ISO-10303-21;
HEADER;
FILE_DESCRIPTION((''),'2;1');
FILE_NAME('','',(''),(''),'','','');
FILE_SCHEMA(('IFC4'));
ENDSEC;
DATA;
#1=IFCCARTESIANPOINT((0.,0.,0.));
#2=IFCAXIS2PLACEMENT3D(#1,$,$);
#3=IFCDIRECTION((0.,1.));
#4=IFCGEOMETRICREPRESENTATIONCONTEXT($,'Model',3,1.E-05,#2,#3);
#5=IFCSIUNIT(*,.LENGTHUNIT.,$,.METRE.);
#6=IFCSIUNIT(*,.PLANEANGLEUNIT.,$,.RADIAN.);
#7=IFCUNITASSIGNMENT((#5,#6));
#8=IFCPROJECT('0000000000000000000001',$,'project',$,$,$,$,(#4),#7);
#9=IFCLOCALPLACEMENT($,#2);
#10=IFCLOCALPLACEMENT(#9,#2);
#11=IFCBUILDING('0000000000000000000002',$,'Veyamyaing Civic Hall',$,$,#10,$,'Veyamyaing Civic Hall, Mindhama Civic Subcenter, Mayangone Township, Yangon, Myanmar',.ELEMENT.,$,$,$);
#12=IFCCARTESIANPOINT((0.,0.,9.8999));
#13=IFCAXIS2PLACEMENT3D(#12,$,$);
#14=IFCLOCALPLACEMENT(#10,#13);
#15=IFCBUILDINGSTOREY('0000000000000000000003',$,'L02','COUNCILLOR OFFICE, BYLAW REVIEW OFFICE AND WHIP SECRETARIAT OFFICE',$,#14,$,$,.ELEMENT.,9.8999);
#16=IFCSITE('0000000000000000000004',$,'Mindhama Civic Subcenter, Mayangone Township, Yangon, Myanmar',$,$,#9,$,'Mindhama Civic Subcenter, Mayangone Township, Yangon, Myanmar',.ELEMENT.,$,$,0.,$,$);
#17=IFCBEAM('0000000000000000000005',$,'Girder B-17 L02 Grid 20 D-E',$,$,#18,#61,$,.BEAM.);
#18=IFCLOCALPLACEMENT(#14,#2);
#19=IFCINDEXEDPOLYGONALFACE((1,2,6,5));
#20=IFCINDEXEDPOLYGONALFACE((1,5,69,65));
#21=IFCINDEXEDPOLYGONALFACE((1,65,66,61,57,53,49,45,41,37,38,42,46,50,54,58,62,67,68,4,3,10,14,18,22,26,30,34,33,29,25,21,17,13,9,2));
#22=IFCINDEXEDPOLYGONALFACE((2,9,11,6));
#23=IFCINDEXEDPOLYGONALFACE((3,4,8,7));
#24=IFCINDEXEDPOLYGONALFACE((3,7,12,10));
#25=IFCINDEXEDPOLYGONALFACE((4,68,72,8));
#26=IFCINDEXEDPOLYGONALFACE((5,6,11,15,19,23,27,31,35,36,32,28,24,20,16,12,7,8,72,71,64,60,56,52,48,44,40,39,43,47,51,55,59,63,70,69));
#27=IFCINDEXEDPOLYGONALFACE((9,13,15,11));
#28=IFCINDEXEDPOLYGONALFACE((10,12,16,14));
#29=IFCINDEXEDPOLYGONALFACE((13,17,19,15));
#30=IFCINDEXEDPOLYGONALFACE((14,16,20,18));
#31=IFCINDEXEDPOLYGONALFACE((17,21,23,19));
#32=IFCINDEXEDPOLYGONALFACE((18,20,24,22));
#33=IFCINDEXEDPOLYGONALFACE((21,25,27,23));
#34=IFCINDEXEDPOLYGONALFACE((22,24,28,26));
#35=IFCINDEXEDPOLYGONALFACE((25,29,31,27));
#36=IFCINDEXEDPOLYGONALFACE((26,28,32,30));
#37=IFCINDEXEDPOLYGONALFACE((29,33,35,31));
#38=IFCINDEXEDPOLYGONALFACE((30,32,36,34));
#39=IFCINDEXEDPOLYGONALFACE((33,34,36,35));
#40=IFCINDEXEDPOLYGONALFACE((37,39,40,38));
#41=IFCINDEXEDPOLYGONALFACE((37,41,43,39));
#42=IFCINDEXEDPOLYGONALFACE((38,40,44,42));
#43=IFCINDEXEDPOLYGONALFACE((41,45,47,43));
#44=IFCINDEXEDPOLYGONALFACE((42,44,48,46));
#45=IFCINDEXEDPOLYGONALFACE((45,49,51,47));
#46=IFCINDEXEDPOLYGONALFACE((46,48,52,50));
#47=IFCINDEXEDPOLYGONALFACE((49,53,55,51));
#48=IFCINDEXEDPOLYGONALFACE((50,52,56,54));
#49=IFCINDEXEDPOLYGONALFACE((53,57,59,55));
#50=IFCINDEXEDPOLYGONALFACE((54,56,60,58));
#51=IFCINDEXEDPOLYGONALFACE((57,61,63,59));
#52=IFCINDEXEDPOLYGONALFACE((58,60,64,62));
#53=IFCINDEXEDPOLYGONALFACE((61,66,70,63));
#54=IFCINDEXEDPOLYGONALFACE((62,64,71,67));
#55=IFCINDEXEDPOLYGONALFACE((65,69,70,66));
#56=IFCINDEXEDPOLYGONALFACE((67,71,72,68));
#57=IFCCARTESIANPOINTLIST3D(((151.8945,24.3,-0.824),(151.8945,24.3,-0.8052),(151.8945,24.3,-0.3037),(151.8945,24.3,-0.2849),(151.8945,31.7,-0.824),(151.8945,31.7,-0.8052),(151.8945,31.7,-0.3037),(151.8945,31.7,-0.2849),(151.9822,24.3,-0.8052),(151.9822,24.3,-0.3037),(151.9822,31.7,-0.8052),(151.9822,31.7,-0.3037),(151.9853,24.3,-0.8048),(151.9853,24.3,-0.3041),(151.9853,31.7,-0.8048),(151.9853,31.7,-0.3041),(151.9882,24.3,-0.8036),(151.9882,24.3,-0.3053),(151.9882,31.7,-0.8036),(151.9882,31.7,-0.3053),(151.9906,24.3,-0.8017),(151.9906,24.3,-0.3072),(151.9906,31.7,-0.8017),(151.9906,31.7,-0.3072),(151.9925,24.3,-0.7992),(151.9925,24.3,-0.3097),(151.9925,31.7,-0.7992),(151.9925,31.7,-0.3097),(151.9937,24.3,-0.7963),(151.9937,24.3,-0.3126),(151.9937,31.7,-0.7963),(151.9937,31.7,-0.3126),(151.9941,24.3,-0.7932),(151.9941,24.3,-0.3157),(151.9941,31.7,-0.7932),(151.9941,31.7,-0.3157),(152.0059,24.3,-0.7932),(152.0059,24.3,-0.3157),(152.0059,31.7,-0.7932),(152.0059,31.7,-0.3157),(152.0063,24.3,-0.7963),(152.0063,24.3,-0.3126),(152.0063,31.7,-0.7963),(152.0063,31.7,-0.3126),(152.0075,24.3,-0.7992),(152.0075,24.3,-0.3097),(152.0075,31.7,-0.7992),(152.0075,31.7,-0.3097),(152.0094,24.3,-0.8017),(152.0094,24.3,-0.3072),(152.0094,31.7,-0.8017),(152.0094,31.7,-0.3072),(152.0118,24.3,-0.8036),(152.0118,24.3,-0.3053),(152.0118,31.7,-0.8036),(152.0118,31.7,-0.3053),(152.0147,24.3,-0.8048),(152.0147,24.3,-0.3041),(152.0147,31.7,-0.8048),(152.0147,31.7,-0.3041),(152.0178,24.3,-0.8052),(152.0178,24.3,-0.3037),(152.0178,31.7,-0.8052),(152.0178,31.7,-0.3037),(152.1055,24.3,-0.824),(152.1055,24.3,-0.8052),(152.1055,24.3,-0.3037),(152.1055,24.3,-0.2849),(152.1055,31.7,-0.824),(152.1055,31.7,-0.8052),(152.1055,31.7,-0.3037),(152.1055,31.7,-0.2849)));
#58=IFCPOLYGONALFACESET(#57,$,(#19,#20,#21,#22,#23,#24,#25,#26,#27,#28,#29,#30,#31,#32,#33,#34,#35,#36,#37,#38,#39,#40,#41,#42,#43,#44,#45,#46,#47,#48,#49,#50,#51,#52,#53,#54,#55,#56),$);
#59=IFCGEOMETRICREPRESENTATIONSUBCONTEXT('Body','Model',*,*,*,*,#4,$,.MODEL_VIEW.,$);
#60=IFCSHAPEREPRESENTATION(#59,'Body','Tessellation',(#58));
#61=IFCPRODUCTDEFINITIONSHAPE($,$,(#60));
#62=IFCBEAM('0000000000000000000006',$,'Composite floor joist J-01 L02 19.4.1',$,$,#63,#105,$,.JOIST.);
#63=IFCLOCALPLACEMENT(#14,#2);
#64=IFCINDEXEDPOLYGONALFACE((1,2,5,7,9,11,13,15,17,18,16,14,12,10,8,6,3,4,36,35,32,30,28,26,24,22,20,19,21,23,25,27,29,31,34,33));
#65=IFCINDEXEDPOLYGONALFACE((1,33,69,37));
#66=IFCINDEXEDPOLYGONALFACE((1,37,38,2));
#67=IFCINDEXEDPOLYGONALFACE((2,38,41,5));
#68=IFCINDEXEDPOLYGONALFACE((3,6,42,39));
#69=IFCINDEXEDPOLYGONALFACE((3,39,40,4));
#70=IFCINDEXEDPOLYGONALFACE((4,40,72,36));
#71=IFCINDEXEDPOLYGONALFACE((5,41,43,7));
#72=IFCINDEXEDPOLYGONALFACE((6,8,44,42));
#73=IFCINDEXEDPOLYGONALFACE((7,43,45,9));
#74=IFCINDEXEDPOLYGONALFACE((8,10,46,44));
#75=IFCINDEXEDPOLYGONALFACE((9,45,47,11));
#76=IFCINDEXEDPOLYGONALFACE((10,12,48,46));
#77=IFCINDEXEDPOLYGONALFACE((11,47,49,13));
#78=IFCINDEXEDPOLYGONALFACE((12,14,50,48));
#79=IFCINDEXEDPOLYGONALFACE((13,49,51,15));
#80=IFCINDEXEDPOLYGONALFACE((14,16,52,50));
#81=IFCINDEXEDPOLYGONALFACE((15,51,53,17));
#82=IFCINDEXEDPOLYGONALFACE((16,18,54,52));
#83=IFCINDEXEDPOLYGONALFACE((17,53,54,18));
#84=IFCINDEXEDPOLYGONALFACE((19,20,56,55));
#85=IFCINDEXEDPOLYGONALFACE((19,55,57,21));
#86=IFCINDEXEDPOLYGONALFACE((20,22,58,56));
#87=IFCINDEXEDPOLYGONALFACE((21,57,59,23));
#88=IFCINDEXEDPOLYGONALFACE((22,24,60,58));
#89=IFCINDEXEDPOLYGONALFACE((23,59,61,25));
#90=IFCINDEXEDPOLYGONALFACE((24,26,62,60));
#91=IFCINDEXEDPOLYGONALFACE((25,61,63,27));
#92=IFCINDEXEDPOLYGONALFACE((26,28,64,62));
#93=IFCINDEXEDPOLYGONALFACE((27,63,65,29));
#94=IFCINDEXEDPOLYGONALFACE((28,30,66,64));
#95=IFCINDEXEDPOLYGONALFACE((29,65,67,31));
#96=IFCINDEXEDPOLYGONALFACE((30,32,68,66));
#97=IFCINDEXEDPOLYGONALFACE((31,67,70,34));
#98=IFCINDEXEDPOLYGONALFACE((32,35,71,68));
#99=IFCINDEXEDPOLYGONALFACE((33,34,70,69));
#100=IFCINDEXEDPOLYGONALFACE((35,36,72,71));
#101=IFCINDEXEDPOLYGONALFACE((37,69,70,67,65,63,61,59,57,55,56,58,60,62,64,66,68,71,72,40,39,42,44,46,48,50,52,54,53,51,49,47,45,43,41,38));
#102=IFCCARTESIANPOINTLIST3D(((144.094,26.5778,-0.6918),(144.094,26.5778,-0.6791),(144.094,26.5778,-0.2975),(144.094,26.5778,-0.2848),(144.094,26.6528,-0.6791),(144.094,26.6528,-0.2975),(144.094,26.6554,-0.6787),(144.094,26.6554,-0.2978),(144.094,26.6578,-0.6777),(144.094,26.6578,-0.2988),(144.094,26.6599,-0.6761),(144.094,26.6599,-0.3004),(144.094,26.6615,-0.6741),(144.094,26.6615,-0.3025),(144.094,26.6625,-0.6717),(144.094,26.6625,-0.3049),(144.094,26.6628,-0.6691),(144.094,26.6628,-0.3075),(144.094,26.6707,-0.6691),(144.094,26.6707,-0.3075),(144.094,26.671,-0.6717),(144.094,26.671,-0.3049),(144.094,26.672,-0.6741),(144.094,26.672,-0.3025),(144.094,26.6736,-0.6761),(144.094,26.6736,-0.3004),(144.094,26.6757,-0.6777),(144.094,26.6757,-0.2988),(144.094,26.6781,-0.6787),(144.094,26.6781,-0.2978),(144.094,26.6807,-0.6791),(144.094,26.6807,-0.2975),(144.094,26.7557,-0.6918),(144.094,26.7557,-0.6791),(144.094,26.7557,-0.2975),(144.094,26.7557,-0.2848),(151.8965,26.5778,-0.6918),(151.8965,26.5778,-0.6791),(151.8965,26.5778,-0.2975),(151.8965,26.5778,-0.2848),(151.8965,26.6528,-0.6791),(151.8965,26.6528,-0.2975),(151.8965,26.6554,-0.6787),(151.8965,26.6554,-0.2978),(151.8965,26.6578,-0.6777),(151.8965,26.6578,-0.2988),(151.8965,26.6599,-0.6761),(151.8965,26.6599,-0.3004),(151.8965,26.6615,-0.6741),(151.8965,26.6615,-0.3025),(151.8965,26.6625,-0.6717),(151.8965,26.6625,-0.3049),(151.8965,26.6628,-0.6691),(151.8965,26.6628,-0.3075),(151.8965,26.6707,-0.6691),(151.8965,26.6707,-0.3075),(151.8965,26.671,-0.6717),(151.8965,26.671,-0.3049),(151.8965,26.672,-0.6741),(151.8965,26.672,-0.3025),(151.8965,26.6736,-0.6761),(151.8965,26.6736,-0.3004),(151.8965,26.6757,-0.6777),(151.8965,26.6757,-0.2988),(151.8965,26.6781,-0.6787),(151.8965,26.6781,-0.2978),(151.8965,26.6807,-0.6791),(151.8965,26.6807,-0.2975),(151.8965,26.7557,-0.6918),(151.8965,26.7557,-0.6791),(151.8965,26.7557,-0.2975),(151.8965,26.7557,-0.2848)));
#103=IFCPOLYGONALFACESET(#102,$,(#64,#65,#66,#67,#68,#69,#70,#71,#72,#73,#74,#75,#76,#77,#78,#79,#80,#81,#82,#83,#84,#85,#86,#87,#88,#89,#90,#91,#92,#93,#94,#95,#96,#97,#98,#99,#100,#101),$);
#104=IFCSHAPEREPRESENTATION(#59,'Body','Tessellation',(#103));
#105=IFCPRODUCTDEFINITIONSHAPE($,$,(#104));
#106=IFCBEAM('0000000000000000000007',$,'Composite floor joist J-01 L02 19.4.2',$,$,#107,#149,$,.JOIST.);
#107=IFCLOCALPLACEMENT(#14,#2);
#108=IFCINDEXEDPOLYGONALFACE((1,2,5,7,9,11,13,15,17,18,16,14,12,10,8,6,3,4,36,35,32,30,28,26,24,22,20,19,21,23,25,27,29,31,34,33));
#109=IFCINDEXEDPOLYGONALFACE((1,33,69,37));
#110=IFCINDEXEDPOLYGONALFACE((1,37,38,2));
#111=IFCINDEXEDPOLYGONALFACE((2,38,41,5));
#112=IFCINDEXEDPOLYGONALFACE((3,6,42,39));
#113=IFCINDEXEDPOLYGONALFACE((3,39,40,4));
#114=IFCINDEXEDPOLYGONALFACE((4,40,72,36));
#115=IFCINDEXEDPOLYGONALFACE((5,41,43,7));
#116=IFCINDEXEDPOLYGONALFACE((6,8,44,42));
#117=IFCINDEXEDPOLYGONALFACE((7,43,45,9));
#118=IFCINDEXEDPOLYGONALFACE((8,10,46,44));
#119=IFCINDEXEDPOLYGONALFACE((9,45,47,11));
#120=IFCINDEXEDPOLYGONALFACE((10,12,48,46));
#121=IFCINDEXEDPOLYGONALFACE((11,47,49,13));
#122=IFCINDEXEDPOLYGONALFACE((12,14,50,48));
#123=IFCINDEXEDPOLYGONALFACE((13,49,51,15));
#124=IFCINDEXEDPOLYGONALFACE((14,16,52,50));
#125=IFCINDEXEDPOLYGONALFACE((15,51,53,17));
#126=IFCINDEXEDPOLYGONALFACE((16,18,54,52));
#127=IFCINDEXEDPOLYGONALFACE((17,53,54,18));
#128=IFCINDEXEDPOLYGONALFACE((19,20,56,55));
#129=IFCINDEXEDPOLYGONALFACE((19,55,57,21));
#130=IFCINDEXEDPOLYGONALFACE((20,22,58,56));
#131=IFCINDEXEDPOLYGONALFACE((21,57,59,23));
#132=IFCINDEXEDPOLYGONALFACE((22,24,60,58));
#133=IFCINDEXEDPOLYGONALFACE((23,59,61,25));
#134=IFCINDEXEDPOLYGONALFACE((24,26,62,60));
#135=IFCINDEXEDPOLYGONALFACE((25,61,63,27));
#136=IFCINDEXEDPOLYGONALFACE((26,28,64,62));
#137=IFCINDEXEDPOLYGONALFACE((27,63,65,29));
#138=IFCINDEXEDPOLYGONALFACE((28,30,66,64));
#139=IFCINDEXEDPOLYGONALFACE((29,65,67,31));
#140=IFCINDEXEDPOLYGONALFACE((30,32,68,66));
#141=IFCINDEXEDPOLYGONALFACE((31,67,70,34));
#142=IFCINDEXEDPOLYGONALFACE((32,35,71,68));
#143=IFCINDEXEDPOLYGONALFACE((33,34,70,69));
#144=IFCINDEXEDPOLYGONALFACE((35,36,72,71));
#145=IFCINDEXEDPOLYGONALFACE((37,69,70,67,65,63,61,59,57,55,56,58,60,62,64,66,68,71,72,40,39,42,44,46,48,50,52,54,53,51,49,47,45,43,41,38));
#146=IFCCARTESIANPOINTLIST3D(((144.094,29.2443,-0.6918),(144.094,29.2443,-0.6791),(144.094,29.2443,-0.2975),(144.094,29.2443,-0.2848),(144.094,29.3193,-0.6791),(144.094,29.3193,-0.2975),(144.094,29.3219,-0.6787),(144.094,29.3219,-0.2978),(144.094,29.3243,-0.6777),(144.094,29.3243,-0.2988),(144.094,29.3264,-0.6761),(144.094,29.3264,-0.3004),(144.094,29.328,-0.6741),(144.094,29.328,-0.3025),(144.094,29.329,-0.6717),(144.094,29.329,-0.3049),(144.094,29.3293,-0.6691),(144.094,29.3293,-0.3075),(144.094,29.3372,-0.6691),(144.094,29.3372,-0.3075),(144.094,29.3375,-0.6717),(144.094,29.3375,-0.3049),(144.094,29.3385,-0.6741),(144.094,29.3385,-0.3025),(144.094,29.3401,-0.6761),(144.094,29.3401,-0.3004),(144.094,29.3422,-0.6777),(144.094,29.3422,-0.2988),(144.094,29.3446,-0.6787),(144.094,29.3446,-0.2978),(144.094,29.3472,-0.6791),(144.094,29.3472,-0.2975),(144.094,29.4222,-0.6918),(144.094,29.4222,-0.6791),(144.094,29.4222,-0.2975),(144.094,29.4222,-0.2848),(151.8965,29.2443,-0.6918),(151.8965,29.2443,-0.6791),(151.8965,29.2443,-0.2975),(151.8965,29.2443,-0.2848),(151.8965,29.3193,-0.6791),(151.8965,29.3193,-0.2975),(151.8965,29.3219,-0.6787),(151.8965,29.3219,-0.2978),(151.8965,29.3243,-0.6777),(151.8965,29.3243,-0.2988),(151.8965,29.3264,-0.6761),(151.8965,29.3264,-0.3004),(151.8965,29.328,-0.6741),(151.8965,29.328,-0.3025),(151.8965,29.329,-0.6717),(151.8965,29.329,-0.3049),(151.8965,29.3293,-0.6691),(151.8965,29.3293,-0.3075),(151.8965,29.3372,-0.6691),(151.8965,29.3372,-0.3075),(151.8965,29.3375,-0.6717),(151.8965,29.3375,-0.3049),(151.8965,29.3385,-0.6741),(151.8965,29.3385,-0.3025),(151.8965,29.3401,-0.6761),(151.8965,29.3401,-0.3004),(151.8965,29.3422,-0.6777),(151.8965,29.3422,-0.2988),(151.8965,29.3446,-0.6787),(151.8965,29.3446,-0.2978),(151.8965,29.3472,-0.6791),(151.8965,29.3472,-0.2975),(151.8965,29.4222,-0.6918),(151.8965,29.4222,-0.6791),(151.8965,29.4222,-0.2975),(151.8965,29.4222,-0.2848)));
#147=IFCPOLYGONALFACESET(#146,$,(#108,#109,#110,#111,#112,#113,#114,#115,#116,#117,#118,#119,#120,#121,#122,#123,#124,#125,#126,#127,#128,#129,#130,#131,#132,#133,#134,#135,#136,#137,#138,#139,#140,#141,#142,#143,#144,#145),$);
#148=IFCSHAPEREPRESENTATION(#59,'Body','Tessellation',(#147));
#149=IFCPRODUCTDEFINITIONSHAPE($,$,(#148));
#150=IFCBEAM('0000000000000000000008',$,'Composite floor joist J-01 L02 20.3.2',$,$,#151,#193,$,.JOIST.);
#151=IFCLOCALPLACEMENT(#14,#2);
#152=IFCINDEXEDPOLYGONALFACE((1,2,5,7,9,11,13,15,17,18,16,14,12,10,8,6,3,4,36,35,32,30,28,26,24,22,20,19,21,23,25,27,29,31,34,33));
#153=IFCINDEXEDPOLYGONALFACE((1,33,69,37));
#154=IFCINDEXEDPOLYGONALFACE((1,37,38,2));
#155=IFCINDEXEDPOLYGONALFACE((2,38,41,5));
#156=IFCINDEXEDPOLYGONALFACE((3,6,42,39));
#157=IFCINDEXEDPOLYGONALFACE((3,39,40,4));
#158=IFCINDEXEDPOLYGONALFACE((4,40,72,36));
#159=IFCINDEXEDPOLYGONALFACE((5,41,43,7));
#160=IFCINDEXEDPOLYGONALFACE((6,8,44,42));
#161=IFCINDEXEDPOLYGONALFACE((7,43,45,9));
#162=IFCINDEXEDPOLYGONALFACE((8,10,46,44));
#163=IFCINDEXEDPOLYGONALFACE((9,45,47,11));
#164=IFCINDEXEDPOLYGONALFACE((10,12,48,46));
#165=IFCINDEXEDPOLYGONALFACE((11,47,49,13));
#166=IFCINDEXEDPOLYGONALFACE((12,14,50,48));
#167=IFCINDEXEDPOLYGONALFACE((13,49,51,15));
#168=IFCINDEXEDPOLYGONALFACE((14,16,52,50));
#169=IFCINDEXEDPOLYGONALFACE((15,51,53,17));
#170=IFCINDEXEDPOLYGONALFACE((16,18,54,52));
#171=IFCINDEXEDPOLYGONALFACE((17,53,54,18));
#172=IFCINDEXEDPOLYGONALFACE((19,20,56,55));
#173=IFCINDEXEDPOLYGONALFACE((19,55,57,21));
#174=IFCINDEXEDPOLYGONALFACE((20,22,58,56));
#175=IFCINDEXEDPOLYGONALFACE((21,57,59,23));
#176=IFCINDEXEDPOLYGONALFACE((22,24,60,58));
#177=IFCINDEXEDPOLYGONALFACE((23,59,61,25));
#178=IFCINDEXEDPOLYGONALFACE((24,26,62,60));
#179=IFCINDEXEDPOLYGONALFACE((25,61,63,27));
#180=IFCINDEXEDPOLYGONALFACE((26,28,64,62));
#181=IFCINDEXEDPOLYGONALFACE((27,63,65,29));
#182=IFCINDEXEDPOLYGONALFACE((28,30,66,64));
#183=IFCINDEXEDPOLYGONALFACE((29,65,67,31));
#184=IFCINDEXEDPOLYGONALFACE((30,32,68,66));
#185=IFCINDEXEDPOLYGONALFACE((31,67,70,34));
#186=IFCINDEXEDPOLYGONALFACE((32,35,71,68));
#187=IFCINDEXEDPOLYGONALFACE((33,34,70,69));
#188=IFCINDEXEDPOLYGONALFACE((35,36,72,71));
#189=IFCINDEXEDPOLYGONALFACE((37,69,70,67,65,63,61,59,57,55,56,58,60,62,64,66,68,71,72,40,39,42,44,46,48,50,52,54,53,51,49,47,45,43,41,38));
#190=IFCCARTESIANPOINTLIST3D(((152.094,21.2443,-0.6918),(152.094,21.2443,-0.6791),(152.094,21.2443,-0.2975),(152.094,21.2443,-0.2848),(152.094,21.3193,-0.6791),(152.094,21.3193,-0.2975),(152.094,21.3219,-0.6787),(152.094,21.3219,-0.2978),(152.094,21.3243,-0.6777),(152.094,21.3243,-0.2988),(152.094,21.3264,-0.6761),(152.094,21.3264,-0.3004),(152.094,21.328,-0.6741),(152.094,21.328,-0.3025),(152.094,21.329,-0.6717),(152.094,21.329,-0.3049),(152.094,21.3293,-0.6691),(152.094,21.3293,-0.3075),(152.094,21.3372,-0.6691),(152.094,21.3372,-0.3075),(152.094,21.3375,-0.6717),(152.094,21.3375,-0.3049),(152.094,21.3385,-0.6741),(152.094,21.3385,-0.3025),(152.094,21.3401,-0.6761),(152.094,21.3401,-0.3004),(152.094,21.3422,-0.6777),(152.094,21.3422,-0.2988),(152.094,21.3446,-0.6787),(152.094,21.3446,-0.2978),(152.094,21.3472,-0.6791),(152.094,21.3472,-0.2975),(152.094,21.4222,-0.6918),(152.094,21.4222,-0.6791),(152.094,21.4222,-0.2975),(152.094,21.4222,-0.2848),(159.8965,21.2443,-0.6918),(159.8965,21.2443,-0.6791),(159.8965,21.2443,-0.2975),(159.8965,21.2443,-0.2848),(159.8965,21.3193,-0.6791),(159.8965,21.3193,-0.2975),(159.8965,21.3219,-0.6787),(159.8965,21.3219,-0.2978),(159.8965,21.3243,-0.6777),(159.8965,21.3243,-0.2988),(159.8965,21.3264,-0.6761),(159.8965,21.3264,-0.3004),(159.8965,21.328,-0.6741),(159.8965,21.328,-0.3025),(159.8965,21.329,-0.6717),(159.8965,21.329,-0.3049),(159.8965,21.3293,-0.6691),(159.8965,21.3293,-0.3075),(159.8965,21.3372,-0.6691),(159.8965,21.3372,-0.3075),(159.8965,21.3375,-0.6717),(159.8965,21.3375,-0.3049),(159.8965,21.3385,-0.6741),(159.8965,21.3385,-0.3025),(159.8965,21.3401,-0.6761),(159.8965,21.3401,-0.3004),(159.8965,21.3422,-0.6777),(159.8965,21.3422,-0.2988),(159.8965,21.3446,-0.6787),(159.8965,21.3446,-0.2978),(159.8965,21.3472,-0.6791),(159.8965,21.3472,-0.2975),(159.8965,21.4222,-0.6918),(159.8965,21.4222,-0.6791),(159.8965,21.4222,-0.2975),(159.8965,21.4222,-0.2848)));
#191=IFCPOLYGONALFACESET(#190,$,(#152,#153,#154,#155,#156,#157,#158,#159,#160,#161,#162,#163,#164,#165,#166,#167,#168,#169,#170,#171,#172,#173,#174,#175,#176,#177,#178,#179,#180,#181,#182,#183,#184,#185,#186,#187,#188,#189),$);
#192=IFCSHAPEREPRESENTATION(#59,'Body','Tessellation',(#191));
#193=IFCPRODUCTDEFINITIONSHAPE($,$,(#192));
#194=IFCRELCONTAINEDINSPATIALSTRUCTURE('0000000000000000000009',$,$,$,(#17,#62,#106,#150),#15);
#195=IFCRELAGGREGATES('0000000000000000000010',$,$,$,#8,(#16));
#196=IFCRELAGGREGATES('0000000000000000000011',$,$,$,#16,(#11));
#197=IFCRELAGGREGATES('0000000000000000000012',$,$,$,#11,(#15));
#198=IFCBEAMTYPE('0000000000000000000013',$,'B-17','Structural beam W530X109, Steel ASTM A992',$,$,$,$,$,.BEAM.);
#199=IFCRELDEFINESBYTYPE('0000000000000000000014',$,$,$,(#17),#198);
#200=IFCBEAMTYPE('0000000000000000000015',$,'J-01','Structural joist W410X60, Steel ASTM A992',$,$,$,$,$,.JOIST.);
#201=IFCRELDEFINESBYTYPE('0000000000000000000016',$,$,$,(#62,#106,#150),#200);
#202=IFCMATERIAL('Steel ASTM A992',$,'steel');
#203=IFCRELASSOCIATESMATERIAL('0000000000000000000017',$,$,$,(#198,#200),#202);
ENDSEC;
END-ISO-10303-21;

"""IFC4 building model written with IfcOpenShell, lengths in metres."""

from ifc_helpers import new_model, si_unit, direction, frame, origin, origin_2d, place, context, subcontext, project, spatial, i_section, extrude, material, material_profile, profile_set, type_object, element, save


model = new_model("IFC4")

# Units and contexts
model_context = context("Model", 3, precision=1e-05, world=origin(), true_north=direction((0.0, 1.0)))
body_context = subcontext(model_context, "Body", "Model", "MODEL_VIEW")
ifc_project = project(units=[si_unit("LENGTHUNIT", "METRE"), si_unit("PLANEANGLEUNIT", "RADIAN")], contexts=[model_context])

# Site, building, storey
site_placement = place(None, origin())
site = spatial("IfcSite", under=ifc_project, at=site_placement, Name="Mindhama Civic Subcenter, Mayangone Township, Yangon, Myanmar", LongName="Mindhama Civic Subcenter, Mayangone Township, Yangon, Myanmar", CompositionType="ELEMENT", RefElevation=0.0)
building_placement = place(site_placement, origin())
building = spatial("IfcBuilding", under=site, at=building_placement, Name="Veyamyaing Civic Hall", LongName="Veyamyaing Civic Hall, Mindhama Civic Subcenter, Mayangone Township, Yangon, Myanmar", CompositionType="ELEMENT")
storey_placement = place(building_placement, frame((0.0, 0.0, 9.8999)))
storey = spatial("IfcBuildingStorey", under=building, at=storey_placement, Name="L02", Description="COUNCILLOR OFFICE, BYLAW REVIEW OFFICE AND WHIP SECRETARIAT OFFICE", CompositionType="ELEMENT", Elevation=9.8999)

# Beams
ifc_material_1 = material(Name="Steel ASTM A992", Category="steel")
ifc_material_profile_1 = material_profile(ifc_material_1, i_section(OverallWidth=0.2109, OverallDepth=0.5391, WebThickness=0.0117, FlangeThickness=0.0188, FilletRadius=0.012, at=origin_2d()), Name="W530X109")
ifc_profile_set_1 = profile_set([ifc_material_profile_1], Name="Steel ASTM A992")
beam_type_1 = type_object("IfcBeamType", Name="B-17", Description="Structural beam W530X109, Steel ASTM A992", PredefinedType="BEAM", material=ifc_profile_set_1)
beam_1_placement = place(storey_placement, frame((152.0, 24.3, -0.5544), z_axis=(0.0, 1.0, 0.0), x_axis=(-1.0, 0.0, 0.0)))
element("IfcBeam", 1, at=beam_1_placement, inside=storey, type_object=beam_type_1, Name="Girder B-17 L02 Grid 20 D-E", PredefinedType="BEAM", context=body_context, shape_type="SweptSolid", body=[
    extrude(i_section(OverallWidth=0.2109, OverallDepth=0.5391, WebThickness=0.0117, FlangeThickness=0.0188, FilletRadius=0.012, at=origin_2d()), origin(), (0.0, 0.0, 1.0), 7.3999),
])
ifc_material_profile_2 = material_profile(ifc_material_1, i_section(OverallWidth=0.178, OverallDepth=0.407, WebThickness=0.0078, FlangeThickness=0.0127, FilletRadius=0.01, at=origin_2d()), Name="W410X60")
ifc_profile_set_2 = profile_set([ifc_material_profile_2], Name="Steel ASTM A992")
beam_type_2 = type_object("IfcBeamType", Name="J-01", Description="Structural joist W410X60, Steel ASTM A992", PredefinedType="JOIST", material=ifc_profile_set_2)
for number, where, z_axis, x_axis, name in (
    (2, (144.094, 26.6667, -0.4883), (1.0, 0.0, 0.0), (0.0, 1.0, 0.0), "Composite floor joist J-01 L02 19.4.1"),
    (3, (144.094, 29.3333, -0.4883), (1.0, 0.0, 0.0), (0.0, 1.0, 0.0), "Composite floor joist J-01 L02 19.4.2"),
    (4, (152.094, 21.3333, -0.4883), (1.0, 0.0, 0.0), (0.0, 1.0, 0.0), "Composite floor joist J-01 L02 20.3.2"),
):
    element("IfcBeam", number, at=place(storey_placement, frame(where, z_axis=z_axis, x_axis=x_axis)), inside=storey, type_object=beam_type_2, Name=name, PredefinedType="JOIST", context=body_context, shape_type="SweptSolid", body=[
        extrude(i_section(OverallWidth=0.178, OverallDepth=0.407, WebThickness=0.0078, FlangeThickness=0.0127, FilletRadius=0.01, at=origin_2d()), origin(), (0.0, 0.0, 1.0), 7.8025),
    ])

save(model, "model.ifc")
